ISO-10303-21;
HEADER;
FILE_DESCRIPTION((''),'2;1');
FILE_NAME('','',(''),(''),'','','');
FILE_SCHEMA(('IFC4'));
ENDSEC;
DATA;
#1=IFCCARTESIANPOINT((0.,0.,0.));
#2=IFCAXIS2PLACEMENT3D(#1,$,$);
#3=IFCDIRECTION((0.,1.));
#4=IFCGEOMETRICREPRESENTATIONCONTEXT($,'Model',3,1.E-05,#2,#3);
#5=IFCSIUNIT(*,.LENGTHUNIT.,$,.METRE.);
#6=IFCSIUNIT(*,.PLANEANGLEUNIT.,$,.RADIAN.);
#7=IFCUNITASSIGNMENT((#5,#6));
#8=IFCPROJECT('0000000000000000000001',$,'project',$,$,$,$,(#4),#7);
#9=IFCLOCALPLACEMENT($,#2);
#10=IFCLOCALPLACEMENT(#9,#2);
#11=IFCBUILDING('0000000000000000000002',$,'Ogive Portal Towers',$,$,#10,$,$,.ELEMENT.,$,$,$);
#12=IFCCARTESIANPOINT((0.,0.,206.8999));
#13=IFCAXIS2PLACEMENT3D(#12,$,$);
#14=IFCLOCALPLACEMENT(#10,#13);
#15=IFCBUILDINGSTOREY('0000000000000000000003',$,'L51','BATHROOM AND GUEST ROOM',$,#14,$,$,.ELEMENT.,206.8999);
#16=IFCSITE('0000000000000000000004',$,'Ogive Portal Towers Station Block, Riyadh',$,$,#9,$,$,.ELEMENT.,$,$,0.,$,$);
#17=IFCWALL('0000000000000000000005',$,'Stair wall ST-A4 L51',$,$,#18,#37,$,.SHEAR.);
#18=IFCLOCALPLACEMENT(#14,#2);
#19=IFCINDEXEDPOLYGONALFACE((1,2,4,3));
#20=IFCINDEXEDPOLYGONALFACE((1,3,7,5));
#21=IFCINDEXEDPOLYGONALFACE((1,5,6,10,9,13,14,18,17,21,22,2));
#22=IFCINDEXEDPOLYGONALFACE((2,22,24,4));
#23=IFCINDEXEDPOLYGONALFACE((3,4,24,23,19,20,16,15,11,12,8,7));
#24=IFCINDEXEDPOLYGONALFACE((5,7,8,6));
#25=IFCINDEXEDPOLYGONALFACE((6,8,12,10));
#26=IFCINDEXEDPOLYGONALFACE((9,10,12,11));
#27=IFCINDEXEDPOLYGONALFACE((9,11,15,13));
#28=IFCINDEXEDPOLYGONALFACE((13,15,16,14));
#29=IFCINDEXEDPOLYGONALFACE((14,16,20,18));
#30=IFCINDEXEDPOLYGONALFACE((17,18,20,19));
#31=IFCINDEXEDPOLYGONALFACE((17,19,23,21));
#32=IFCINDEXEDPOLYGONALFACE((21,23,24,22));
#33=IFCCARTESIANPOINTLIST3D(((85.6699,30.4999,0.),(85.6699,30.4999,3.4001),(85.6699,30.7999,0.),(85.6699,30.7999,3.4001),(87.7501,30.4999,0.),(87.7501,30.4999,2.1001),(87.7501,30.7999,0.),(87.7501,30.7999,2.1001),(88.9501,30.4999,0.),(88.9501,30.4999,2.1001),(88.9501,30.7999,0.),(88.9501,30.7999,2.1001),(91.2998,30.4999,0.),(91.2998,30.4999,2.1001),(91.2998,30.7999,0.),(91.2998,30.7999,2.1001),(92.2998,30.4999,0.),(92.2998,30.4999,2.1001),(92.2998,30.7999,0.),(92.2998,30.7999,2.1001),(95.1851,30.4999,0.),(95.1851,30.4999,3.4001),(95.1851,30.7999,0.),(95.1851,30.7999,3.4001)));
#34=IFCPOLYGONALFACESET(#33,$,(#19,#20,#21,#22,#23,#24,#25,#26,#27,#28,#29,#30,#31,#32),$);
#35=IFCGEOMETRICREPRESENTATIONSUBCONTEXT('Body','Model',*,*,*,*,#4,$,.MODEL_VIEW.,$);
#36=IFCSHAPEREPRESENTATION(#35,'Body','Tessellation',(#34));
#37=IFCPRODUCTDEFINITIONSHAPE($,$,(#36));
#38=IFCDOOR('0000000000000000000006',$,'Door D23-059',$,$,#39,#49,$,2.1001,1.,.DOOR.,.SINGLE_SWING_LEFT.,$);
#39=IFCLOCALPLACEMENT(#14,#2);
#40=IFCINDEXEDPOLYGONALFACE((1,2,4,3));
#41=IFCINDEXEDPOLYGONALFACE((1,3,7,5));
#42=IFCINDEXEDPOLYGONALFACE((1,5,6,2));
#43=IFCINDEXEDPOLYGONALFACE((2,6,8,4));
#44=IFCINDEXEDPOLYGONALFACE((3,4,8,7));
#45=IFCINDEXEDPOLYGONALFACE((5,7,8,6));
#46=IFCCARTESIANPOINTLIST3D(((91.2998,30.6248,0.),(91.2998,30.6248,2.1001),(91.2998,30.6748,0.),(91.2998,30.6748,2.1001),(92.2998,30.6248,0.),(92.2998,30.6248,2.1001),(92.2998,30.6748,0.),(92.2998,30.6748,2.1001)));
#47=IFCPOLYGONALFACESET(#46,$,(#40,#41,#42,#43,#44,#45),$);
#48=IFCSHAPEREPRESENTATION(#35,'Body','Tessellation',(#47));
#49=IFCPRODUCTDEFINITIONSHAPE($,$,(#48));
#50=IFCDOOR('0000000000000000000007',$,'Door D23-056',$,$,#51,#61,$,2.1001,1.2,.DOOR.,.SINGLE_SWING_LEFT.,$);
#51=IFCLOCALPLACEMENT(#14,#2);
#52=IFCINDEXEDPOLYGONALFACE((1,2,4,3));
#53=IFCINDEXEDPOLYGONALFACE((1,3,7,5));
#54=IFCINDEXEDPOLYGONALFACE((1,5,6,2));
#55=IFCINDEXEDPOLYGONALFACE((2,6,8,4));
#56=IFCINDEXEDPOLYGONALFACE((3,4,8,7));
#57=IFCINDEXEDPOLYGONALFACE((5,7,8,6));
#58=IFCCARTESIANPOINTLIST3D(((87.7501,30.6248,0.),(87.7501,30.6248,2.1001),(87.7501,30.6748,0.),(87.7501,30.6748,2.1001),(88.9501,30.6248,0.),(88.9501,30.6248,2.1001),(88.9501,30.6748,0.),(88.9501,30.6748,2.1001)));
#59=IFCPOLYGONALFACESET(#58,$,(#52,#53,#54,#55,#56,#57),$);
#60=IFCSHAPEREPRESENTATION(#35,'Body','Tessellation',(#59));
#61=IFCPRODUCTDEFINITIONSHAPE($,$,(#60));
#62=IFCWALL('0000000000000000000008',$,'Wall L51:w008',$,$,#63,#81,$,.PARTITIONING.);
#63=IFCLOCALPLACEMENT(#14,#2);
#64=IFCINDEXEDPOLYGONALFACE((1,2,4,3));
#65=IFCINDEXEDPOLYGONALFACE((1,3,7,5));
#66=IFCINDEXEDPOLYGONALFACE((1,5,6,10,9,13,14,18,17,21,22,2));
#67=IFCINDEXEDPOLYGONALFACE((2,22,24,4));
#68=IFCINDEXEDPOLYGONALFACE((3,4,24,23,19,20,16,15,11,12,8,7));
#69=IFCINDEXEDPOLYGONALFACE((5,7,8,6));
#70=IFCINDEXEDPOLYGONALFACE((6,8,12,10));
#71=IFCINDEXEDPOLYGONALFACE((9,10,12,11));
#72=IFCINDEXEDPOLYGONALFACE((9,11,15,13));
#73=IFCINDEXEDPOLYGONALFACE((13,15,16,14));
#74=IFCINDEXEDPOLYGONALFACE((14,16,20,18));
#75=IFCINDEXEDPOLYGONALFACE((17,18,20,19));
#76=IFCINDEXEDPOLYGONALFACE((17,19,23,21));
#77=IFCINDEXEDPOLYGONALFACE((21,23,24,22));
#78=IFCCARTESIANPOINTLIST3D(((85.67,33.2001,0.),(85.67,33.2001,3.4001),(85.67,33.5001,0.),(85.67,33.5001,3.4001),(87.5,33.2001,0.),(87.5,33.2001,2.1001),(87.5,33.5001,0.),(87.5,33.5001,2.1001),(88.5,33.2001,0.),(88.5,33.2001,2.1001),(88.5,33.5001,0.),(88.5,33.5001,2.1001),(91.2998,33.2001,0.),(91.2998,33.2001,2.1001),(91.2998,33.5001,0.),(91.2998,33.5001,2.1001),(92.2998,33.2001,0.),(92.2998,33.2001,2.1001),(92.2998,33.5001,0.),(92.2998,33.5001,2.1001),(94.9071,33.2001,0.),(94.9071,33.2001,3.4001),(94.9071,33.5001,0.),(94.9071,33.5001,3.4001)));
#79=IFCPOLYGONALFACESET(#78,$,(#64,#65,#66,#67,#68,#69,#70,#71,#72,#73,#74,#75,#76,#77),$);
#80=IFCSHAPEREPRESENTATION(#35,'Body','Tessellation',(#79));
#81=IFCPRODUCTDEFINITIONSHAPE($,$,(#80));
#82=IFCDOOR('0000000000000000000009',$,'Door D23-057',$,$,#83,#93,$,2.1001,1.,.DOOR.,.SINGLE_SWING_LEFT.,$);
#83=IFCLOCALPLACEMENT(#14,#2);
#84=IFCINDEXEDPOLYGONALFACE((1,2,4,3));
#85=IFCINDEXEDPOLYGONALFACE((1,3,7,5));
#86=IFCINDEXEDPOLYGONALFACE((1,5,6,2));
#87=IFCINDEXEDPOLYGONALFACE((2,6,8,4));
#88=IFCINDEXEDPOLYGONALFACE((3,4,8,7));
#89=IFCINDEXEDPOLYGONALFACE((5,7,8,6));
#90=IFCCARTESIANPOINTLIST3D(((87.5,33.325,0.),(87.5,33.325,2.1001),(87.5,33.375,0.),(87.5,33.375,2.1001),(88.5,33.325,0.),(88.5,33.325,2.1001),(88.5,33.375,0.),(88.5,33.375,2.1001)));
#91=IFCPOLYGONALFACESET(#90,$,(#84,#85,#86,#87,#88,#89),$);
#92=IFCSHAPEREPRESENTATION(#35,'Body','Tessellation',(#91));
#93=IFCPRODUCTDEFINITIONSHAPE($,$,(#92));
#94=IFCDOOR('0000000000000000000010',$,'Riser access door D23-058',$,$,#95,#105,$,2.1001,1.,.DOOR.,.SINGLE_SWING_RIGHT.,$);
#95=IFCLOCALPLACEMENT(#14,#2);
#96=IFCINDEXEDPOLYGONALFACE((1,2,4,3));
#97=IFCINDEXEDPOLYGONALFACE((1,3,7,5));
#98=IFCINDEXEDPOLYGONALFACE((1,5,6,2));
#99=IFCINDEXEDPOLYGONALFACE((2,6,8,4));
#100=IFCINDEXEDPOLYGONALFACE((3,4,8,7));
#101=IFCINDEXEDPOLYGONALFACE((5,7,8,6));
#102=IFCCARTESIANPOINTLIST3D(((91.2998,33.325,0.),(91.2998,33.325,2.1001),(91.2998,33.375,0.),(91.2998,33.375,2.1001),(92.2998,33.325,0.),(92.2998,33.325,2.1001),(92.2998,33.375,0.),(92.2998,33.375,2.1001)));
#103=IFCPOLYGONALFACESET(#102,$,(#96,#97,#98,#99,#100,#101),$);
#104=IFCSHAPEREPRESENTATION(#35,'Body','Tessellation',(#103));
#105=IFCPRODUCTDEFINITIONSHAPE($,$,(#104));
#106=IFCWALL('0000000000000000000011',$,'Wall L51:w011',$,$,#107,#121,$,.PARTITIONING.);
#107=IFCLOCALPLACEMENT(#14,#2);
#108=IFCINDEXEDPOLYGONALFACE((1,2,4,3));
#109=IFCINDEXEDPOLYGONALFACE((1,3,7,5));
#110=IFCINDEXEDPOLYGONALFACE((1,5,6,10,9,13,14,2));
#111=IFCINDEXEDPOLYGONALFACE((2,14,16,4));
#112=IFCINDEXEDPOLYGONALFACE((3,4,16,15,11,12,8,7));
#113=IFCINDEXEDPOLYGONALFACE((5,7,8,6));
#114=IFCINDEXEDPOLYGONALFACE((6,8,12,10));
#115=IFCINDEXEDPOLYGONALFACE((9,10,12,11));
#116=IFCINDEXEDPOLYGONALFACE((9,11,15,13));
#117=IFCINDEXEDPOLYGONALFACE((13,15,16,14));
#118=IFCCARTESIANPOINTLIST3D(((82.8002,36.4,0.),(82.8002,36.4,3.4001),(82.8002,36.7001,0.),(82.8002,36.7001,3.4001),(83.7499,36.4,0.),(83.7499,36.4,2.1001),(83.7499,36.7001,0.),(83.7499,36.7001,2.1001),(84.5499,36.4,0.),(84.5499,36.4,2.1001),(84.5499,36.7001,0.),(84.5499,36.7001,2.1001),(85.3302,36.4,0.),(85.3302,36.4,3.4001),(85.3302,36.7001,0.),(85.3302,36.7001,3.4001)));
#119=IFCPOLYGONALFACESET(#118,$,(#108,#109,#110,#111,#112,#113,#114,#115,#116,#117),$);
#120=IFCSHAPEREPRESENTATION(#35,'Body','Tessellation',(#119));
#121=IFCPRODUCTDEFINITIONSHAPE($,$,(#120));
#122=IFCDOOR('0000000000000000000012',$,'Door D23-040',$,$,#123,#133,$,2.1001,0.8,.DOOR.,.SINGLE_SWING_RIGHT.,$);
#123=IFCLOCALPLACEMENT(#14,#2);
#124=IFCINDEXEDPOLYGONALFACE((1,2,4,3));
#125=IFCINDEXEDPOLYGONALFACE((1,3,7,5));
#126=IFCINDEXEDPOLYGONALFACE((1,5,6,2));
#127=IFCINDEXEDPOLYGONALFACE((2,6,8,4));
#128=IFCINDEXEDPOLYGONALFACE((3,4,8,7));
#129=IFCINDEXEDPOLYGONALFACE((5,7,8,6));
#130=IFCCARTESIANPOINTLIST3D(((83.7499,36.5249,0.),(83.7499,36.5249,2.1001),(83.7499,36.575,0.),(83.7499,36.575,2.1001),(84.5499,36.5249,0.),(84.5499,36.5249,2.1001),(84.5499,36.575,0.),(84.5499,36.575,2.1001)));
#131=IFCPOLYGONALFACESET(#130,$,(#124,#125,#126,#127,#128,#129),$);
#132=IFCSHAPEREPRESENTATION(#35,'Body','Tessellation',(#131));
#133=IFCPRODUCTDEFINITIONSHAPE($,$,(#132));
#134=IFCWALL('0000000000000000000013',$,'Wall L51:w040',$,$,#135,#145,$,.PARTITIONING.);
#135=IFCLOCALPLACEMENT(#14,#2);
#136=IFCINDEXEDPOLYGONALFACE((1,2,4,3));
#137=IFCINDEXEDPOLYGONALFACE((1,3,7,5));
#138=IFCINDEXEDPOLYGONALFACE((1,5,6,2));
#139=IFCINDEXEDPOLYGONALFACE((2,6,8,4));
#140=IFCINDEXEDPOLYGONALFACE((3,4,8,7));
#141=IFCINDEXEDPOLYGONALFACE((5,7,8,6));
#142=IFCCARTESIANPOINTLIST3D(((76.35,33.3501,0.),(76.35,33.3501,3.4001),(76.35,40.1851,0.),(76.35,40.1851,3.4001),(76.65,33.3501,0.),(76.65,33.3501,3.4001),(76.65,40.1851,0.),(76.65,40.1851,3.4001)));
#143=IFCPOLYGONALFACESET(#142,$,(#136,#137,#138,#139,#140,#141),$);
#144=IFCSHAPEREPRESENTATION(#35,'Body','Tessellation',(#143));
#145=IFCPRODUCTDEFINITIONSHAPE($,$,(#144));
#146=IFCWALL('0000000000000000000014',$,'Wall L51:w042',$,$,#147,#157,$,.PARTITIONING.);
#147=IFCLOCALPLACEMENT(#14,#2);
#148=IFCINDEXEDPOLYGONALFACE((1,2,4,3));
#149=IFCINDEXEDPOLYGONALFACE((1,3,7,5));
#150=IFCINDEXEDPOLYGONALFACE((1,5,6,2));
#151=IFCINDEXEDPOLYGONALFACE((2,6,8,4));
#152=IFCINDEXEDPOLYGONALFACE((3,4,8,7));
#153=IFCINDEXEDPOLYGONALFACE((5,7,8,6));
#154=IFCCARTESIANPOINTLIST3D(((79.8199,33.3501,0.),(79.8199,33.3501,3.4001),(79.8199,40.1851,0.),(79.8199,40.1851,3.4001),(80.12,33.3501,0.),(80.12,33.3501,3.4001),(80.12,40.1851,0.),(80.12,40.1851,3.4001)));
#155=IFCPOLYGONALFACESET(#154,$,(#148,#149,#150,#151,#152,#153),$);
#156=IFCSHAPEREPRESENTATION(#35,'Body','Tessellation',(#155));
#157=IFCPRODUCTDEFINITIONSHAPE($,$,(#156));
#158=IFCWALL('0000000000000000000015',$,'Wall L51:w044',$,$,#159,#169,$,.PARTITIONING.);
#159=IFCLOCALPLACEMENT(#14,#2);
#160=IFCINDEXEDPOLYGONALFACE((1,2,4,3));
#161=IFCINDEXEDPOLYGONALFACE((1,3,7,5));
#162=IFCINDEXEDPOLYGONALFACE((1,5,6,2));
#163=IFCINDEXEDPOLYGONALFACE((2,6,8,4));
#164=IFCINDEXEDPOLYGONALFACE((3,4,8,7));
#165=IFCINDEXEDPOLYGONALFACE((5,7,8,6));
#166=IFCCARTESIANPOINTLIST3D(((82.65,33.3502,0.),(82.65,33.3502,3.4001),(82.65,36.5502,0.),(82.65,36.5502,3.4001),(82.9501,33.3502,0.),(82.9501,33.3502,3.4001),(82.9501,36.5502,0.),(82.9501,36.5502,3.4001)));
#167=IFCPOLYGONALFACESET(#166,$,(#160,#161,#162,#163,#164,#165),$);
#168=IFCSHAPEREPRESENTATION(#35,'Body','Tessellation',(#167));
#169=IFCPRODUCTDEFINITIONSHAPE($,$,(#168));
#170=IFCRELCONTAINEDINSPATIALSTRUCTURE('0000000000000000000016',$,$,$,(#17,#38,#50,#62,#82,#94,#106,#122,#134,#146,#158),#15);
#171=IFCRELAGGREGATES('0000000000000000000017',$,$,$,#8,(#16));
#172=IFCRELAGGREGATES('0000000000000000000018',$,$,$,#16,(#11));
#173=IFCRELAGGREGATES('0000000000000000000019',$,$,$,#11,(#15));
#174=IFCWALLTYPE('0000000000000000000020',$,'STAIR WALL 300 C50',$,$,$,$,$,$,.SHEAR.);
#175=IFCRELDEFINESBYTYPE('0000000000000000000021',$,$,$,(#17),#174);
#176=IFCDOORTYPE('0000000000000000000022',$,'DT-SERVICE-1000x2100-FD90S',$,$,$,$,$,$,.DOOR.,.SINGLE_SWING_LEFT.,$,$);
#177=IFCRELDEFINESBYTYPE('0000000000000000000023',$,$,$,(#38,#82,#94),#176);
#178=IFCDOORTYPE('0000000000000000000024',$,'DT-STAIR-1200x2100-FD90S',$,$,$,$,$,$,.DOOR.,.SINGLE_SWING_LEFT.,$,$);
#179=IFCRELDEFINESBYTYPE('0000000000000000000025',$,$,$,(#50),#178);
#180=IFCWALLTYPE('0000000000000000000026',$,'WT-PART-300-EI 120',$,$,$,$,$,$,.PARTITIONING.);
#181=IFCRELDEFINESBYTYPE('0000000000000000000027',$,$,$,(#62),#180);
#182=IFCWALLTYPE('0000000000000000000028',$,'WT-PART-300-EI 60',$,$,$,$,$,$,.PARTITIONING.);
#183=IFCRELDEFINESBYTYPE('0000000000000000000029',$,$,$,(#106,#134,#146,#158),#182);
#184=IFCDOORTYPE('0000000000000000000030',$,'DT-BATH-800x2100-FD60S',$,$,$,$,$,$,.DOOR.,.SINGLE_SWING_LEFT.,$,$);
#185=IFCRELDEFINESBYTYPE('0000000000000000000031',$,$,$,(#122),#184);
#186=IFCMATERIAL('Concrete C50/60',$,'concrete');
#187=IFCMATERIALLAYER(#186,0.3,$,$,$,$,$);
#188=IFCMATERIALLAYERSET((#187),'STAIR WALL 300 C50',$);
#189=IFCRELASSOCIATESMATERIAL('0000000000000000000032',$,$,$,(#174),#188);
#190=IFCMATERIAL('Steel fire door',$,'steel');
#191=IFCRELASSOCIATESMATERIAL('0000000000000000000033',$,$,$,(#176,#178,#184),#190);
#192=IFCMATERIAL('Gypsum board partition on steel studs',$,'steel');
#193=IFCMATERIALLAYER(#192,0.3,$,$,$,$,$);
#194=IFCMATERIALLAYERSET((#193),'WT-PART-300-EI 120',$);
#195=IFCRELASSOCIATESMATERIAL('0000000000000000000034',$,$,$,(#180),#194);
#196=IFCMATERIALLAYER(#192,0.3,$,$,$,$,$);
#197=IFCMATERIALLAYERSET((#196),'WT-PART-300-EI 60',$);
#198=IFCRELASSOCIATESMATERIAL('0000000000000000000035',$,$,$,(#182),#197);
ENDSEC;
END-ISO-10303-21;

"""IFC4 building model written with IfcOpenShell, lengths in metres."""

from ifc_helpers import new_model, si_unit, direction, frame, frame_2d, origin, place, context, subcontext, project, spatial, rectangle, extrude, material, layer, layer_set, type_object, element, fill, save


model = new_model("IFC4")

# Units and contexts
model_context = context("Model", 3, precision=1e-05, world=origin(), true_north=direction((0.0, 1.0)))
body_context = subcontext(model_context, "Body", "Model", "MODEL_VIEW")
ifc_project = project(units=[si_unit("LENGTHUNIT", "METRE"), si_unit("PLANEANGLEUNIT", "RADIAN")], contexts=[model_context])

# Site, building, storey
site_placement = place(None, origin())
site = spatial("IfcSite", under=ifc_project, at=site_placement, Name="Ogive Portal Towers Station Block, Riyadh", CompositionType="ELEMENT", RefElevation=0.0)
building_placement = place(site_placement, origin())
building = spatial("IfcBuilding", under=site, at=building_placement, Name="Ogive Portal Towers", CompositionType="ELEMENT")
storey_placement = place(building_placement, frame((0.0, 0.0, 206.8999)))
storey = spatial("IfcBuildingStorey", under=building, at=storey_placement, Name="L51", Description="BATHROOM AND GUEST ROOM", CompositionType="ELEMENT", Elevation=206.8999)

# Walls, openings, doors
ifc_material_1 = material(Name="Concrete C50/60", Category="concrete")
ifc_layer_1 = layer(ifc_material_1, 0.3)
ifc_layer_set_1 = layer_set([ifc_layer_1], Name="STAIR WALL 300 C50")
wall_type_1 = type_object("IfcWallType", Name="STAIR WALL 300 C50", PredefinedType="SHEAR", material=ifc_layer_set_1)
wall_1_placement = place(storey_placement, frame((85.6699, 30.6499, 0.0), z_axis=(0.0, 0.0, 1.0), x_axis=(1.0, 0.0, 0.0)))
wall_1 = element("IfcWall", 1, at=wall_1_placement, inside=storey, type_object=wall_type_1, Name="Stair wall ST-A4 L51", PredefinedType="SHEAR", context=body_context, shape_type="SweptSolid", body=[
    extrude(rectangle(XDim=9.5151, YDim=0.3, at=frame_2d((4.7576, 0.0))), origin(), (0.0, 0.0, 1.0), 3.4001),
])
opening_1_placement = place(wall_1_placement, frame((2.0801, 0.0, 0.0)))
opening_1 = element("IfcOpeningElement", 2, at=opening_1_placement, cuts=wall_1, PredefinedType="OPENING", context=body_context, shape_type="SweptSolid", body=[
    extrude(rectangle(XDim=1.2, YDim=2.1001, at=frame_2d((0.6001, 1.05))), frame((0.0, 0.1602, 0.0), z_axis=(0.0, -1.0, 0.0), x_axis=(1.0, 0.0, 0.0)), (0.0, 0.0, 1.0), 0.3201),
])
opening_2_placement = place(wall_1_placement, frame((5.6299, 0.0, 0.0)))
opening_2 = element("IfcOpeningElement", 3, at=opening_2_placement, cuts=wall_1, PredefinedType="OPENING", context=body_context, shape_type="SweptSolid", body=[
    extrude(rectangle(XDim=1.0, YDim=2.1001, at=frame_2d((0.5, 1.05))), frame((0.0, 0.1602, 0.0), z_axis=(0.0, -1.0, 0.0), x_axis=(1.0, 0.0, 0.0)), (0.0, 0.0, 1.0), 0.3201),
])
ifc_material_2 = material(Name="Steel fire door", Category="steel")
door_type_1 = type_object("IfcDoorType", Name="DT-SERVICE-1000x2100-FD90S", OperationType="SINGLE_SWING_LEFT", PredefinedType="DOOR", material=ifc_material_2)
door_1_placement = place(opening_2_placement, origin())
door_1 = element("IfcDoor", 4, at=door_1_placement, inside=storey, type_object=door_type_1, Name="Door D23-059", OperationType="SINGLE_SWING_LEFT", OverallHeight=2.1001, OverallWidth=1.0, PredefinedType="DOOR", context=body_context, shape_type="SweptSolid", body=[
    extrude(rectangle(XDim=1.0, YDim=2.1001, at=frame_2d((0.5, 1.05))), frame((0.0, 0.0249, 0.0), z_axis=(0.0, -1.0, 0.0), x_axis=(1.0, 0.0, 0.0)), (0.0, 0.0, 1.0), 0.05),
])
fill(opening_2, door_1)
door_type_2 = type_object("IfcDoorType", Name="DT-STAIR-1200x2100-FD90S", OperationType="SINGLE_SWING_LEFT", PredefinedType="DOOR", material=ifc_material_2)
door_2_placement = place(opening_1_placement, origin())
door_2 = element("IfcDoor", 5, at=door_2_placement, inside=storey, type_object=door_type_2, Name="Door D23-056", OperationType="SINGLE_SWING_LEFT", OverallHeight=2.1001, OverallWidth=1.2, PredefinedType="DOOR", context=body_context, shape_type="SweptSolid", body=[
    extrude(rectangle(XDim=1.2, YDim=2.1001, at=frame_2d((0.6001, 1.05))), frame((0.0, 0.0249, 0.0), z_axis=(0.0, -1.0, 0.0), x_axis=(1.0, 0.0, 0.0)), (0.0, 0.0, 1.0), 0.05),
])
fill(opening_1, door_2)
ifc_material_3 = material(Name="Gypsum board partition on steel studs", Category="steel")
ifc_layer_2 = layer(ifc_material_3, 0.3)
ifc_layer_set_2 = layer_set([ifc_layer_2], Name="WT-PART-300-EI 120")
wall_type_2 = type_object("IfcWallType", Name="WT-PART-300-EI 120", PredefinedType="PARTITIONING", material=ifc_layer_set_2)
wall_2_placement = place(storey_placement, frame((85.6699, 33.3501, 0.0), z_axis=(0.0, 0.0, 1.0), x_axis=(1.0, 0.0, 0.0)))
wall_2 = element("IfcWall", 6, at=wall_2_placement, inside=storey, type_object=wall_type_2, Name="Wall L51:w008", PredefinedType="PARTITIONING", context=body_context, shape_type="SweptSolid", body=[
    extrude(rectangle(XDim=9.2371, YDim=0.3, at=frame_2d((4.6187, 0.0))), origin(), (0.0, 0.0, 1.0), 3.4001),
])
opening_3_placement = place(wall_2_placement, frame((1.8301, 0.0, 0.0)))
opening_3 = element("IfcOpeningElement", 7, at=opening_3_placement, cuts=wall_2, PredefinedType="OPENING", context=body_context, shape_type="SweptSolid", body=[
    extrude(rectangle(XDim=1.0, YDim=2.1001, at=frame_2d((0.5, 1.05))), frame((0.0, 0.1602, 0.0), z_axis=(0.0, -1.0, 0.0), x_axis=(1.0, 0.0, 0.0)), (0.0, 0.0, 1.0), 0.3201),
])
opening_4_placement = place(wall_2_placement, frame((5.6299, 0.0, 0.0)))
opening_4 = element("IfcOpeningElement", 8, at=opening_4_placement, cuts=wall_2, PredefinedType="OPENING", context=body_context, shape_type="SweptSolid", body=[
    extrude(rectangle(XDim=1.0, YDim=2.1001, at=frame_2d((0.5, 1.05))), frame((0.0, 0.1602, 0.0), z_axis=(0.0, -1.0, 0.0), x_axis=(1.0, 0.0, 0.0)), (0.0, 0.0, 1.0), 0.3201),
])
door_3_placement = place(opening_3_placement, origin())
door_3 = element("IfcDoor", 9, at=door_3_placement, inside=storey, type_object=door_type_1, Name="Door D23-057", OperationType="SINGLE_SWING_LEFT", OverallHeight=2.1001, OverallWidth=1.0, PredefinedType="DOOR", context=body_context, shape_type="SweptSolid", body=[
    extrude(rectangle(XDim=1.0, YDim=2.1001, at=frame_2d((0.5, 1.05))), frame((0.0, 0.0249, 0.0), z_axis=(0.0, -1.0, 0.0), x_axis=(1.0, 0.0, 0.0)), (0.0, 0.0, 1.0), 0.05),
])
fill(opening_3, door_3)
door_4_placement = place(opening_4_placement, origin())
door_4 = element("IfcDoor", 10, at=door_4_placement, inside=storey, type_object=door_type_1, Name="Riser access door D23-058", OperationType="SINGLE_SWING_RIGHT", OverallHeight=2.1001, OverallWidth=1.0, PredefinedType="DOOR", context=body_context, shape_type="SweptSolid", body=[
    extrude(rectangle(XDim=1.0, YDim=2.1001, at=frame_2d((0.5, 1.05))), frame((0.0, 0.0249, 0.0), z_axis=(0.0, -1.0, 0.0), x_axis=(1.0, 0.0, 0.0)), (0.0, 0.0, 1.0), 0.05),
])
fill(opening_4, door_4)

# Wall, opening, door
ifc_layer_3 = layer(ifc_material_3, 0.3)
ifc_layer_set_3 = layer_set([ifc_layer_3], Name="WT-PART-300-EI 60")
wall_type_3 = type_object("IfcWallType", Name="WT-PART-300-EI 60", PredefinedType="PARTITIONING", material=ifc_layer_set_3)
wall_3_placement = place(storey_placement, frame((82.8, 36.55, 0.0), z_axis=(0.0, 0.0, 1.0), x_axis=(1.0, 0.0, 0.0)))
wall_3 = element("IfcWall", 11, at=wall_3_placement, inside=storey, type_object=wall_type_3, Name="Wall L51:w011", PredefinedType="PARTITIONING", context=body_context, shape_type="SweptSolid", body=[
    extrude(rectangle(XDim=2.53, YDim=0.3, at=frame_2d((1.2651, 0.0))), origin(), (0.0, 0.0, 1.0), 3.4001),
])
opening_5_placement = place(wall_3_placement, frame((0.95, 0.0, 0.0)))
opening_5 = element("IfcOpeningElement", 12, at=opening_5_placement, cuts=wall_3, PredefinedType="OPENING", context=body_context, shape_type="SweptSolid", body=[
    extrude(rectangle(XDim=0.8, YDim=2.1001, at=frame_2d((0.3999, 1.05))), frame((0.0, 0.1602, 0.0), z_axis=(0.0, -1.0, 0.0), x_axis=(1.0, 0.0, 0.0)), (0.0, 0.0, 1.0), 0.3201),
])
door_type_3 = type_object("IfcDoorType", Name="DT-BATH-800x2100-FD60S", OperationType="SINGLE_SWING_LEFT", PredefinedType="DOOR", material=ifc_material_2)
door_5_placement = place(opening_5_placement, origin())
door_5 = element("IfcDoor", 13, at=door_5_placement, inside=storey, type_object=door_type_3, Name="Door D23-040", OperationType="SINGLE_SWING_RIGHT", OverallHeight=2.1001, OverallWidth=0.8, PredefinedType="DOOR", context=body_context, shape_type="SweptSolid", body=[
    extrude(rectangle(XDim=0.8, YDim=2.1001, at=frame_2d((0.3999, 1.05))), frame((0.0, 0.0249, 0.0), z_axis=(0.0, -1.0, 0.0), x_axis=(1.0, 0.0, 0.0)), (0.0, 0.0, 1.0), 0.05),
])
fill(opening_5, door_5)

# Walls
for number, where, z_axis, x_axis, name in (
    (14, (76.5, 33.3501, 0.0), (0.0, 0.0, 1.0), (0.0, 1.0, 0.0), "Wall L51:w040"),
    (15, (79.97, 33.3501, 0.0), (0.0, 0.0, 1.0), (0.0, 1.0, 0.0), "Wall L51:w042"),
):
    element("IfcWall", number, at=place(storey_placement, frame(where, z_axis=z_axis, x_axis=x_axis)), inside=storey, type_object=wall_type_3, Name=name, PredefinedType="PARTITIONING", context=body_context, shape_type="SweptSolid", body=[
        extrude(rectangle(XDim=6.835, YDim=0.3, at=frame_2d((3.4175, 0.0))), origin(), (0.0, 0.0, 1.0), 3.4001),
    ])
wall_4_placement = place(storey_placement, frame((82.8, 33.3501, 0.0), z_axis=(0.0, 0.0, 1.0), x_axis=(0.0, 1.0, 0.0)))
element("IfcWall", 16, at=wall_4_placement, inside=storey, type_object=wall_type_3, Name="Wall L51:w044", PredefinedType="PARTITIONING", context=body_context, shape_type="SweptSolid", body=[
    extrude(rectangle(XDim=3.2, YDim=0.3, at=frame_2d((1.6001, 0.0))), origin(), (0.0, 0.0, 1.0), 3.4001),
])

save(model, "model.ifc")
